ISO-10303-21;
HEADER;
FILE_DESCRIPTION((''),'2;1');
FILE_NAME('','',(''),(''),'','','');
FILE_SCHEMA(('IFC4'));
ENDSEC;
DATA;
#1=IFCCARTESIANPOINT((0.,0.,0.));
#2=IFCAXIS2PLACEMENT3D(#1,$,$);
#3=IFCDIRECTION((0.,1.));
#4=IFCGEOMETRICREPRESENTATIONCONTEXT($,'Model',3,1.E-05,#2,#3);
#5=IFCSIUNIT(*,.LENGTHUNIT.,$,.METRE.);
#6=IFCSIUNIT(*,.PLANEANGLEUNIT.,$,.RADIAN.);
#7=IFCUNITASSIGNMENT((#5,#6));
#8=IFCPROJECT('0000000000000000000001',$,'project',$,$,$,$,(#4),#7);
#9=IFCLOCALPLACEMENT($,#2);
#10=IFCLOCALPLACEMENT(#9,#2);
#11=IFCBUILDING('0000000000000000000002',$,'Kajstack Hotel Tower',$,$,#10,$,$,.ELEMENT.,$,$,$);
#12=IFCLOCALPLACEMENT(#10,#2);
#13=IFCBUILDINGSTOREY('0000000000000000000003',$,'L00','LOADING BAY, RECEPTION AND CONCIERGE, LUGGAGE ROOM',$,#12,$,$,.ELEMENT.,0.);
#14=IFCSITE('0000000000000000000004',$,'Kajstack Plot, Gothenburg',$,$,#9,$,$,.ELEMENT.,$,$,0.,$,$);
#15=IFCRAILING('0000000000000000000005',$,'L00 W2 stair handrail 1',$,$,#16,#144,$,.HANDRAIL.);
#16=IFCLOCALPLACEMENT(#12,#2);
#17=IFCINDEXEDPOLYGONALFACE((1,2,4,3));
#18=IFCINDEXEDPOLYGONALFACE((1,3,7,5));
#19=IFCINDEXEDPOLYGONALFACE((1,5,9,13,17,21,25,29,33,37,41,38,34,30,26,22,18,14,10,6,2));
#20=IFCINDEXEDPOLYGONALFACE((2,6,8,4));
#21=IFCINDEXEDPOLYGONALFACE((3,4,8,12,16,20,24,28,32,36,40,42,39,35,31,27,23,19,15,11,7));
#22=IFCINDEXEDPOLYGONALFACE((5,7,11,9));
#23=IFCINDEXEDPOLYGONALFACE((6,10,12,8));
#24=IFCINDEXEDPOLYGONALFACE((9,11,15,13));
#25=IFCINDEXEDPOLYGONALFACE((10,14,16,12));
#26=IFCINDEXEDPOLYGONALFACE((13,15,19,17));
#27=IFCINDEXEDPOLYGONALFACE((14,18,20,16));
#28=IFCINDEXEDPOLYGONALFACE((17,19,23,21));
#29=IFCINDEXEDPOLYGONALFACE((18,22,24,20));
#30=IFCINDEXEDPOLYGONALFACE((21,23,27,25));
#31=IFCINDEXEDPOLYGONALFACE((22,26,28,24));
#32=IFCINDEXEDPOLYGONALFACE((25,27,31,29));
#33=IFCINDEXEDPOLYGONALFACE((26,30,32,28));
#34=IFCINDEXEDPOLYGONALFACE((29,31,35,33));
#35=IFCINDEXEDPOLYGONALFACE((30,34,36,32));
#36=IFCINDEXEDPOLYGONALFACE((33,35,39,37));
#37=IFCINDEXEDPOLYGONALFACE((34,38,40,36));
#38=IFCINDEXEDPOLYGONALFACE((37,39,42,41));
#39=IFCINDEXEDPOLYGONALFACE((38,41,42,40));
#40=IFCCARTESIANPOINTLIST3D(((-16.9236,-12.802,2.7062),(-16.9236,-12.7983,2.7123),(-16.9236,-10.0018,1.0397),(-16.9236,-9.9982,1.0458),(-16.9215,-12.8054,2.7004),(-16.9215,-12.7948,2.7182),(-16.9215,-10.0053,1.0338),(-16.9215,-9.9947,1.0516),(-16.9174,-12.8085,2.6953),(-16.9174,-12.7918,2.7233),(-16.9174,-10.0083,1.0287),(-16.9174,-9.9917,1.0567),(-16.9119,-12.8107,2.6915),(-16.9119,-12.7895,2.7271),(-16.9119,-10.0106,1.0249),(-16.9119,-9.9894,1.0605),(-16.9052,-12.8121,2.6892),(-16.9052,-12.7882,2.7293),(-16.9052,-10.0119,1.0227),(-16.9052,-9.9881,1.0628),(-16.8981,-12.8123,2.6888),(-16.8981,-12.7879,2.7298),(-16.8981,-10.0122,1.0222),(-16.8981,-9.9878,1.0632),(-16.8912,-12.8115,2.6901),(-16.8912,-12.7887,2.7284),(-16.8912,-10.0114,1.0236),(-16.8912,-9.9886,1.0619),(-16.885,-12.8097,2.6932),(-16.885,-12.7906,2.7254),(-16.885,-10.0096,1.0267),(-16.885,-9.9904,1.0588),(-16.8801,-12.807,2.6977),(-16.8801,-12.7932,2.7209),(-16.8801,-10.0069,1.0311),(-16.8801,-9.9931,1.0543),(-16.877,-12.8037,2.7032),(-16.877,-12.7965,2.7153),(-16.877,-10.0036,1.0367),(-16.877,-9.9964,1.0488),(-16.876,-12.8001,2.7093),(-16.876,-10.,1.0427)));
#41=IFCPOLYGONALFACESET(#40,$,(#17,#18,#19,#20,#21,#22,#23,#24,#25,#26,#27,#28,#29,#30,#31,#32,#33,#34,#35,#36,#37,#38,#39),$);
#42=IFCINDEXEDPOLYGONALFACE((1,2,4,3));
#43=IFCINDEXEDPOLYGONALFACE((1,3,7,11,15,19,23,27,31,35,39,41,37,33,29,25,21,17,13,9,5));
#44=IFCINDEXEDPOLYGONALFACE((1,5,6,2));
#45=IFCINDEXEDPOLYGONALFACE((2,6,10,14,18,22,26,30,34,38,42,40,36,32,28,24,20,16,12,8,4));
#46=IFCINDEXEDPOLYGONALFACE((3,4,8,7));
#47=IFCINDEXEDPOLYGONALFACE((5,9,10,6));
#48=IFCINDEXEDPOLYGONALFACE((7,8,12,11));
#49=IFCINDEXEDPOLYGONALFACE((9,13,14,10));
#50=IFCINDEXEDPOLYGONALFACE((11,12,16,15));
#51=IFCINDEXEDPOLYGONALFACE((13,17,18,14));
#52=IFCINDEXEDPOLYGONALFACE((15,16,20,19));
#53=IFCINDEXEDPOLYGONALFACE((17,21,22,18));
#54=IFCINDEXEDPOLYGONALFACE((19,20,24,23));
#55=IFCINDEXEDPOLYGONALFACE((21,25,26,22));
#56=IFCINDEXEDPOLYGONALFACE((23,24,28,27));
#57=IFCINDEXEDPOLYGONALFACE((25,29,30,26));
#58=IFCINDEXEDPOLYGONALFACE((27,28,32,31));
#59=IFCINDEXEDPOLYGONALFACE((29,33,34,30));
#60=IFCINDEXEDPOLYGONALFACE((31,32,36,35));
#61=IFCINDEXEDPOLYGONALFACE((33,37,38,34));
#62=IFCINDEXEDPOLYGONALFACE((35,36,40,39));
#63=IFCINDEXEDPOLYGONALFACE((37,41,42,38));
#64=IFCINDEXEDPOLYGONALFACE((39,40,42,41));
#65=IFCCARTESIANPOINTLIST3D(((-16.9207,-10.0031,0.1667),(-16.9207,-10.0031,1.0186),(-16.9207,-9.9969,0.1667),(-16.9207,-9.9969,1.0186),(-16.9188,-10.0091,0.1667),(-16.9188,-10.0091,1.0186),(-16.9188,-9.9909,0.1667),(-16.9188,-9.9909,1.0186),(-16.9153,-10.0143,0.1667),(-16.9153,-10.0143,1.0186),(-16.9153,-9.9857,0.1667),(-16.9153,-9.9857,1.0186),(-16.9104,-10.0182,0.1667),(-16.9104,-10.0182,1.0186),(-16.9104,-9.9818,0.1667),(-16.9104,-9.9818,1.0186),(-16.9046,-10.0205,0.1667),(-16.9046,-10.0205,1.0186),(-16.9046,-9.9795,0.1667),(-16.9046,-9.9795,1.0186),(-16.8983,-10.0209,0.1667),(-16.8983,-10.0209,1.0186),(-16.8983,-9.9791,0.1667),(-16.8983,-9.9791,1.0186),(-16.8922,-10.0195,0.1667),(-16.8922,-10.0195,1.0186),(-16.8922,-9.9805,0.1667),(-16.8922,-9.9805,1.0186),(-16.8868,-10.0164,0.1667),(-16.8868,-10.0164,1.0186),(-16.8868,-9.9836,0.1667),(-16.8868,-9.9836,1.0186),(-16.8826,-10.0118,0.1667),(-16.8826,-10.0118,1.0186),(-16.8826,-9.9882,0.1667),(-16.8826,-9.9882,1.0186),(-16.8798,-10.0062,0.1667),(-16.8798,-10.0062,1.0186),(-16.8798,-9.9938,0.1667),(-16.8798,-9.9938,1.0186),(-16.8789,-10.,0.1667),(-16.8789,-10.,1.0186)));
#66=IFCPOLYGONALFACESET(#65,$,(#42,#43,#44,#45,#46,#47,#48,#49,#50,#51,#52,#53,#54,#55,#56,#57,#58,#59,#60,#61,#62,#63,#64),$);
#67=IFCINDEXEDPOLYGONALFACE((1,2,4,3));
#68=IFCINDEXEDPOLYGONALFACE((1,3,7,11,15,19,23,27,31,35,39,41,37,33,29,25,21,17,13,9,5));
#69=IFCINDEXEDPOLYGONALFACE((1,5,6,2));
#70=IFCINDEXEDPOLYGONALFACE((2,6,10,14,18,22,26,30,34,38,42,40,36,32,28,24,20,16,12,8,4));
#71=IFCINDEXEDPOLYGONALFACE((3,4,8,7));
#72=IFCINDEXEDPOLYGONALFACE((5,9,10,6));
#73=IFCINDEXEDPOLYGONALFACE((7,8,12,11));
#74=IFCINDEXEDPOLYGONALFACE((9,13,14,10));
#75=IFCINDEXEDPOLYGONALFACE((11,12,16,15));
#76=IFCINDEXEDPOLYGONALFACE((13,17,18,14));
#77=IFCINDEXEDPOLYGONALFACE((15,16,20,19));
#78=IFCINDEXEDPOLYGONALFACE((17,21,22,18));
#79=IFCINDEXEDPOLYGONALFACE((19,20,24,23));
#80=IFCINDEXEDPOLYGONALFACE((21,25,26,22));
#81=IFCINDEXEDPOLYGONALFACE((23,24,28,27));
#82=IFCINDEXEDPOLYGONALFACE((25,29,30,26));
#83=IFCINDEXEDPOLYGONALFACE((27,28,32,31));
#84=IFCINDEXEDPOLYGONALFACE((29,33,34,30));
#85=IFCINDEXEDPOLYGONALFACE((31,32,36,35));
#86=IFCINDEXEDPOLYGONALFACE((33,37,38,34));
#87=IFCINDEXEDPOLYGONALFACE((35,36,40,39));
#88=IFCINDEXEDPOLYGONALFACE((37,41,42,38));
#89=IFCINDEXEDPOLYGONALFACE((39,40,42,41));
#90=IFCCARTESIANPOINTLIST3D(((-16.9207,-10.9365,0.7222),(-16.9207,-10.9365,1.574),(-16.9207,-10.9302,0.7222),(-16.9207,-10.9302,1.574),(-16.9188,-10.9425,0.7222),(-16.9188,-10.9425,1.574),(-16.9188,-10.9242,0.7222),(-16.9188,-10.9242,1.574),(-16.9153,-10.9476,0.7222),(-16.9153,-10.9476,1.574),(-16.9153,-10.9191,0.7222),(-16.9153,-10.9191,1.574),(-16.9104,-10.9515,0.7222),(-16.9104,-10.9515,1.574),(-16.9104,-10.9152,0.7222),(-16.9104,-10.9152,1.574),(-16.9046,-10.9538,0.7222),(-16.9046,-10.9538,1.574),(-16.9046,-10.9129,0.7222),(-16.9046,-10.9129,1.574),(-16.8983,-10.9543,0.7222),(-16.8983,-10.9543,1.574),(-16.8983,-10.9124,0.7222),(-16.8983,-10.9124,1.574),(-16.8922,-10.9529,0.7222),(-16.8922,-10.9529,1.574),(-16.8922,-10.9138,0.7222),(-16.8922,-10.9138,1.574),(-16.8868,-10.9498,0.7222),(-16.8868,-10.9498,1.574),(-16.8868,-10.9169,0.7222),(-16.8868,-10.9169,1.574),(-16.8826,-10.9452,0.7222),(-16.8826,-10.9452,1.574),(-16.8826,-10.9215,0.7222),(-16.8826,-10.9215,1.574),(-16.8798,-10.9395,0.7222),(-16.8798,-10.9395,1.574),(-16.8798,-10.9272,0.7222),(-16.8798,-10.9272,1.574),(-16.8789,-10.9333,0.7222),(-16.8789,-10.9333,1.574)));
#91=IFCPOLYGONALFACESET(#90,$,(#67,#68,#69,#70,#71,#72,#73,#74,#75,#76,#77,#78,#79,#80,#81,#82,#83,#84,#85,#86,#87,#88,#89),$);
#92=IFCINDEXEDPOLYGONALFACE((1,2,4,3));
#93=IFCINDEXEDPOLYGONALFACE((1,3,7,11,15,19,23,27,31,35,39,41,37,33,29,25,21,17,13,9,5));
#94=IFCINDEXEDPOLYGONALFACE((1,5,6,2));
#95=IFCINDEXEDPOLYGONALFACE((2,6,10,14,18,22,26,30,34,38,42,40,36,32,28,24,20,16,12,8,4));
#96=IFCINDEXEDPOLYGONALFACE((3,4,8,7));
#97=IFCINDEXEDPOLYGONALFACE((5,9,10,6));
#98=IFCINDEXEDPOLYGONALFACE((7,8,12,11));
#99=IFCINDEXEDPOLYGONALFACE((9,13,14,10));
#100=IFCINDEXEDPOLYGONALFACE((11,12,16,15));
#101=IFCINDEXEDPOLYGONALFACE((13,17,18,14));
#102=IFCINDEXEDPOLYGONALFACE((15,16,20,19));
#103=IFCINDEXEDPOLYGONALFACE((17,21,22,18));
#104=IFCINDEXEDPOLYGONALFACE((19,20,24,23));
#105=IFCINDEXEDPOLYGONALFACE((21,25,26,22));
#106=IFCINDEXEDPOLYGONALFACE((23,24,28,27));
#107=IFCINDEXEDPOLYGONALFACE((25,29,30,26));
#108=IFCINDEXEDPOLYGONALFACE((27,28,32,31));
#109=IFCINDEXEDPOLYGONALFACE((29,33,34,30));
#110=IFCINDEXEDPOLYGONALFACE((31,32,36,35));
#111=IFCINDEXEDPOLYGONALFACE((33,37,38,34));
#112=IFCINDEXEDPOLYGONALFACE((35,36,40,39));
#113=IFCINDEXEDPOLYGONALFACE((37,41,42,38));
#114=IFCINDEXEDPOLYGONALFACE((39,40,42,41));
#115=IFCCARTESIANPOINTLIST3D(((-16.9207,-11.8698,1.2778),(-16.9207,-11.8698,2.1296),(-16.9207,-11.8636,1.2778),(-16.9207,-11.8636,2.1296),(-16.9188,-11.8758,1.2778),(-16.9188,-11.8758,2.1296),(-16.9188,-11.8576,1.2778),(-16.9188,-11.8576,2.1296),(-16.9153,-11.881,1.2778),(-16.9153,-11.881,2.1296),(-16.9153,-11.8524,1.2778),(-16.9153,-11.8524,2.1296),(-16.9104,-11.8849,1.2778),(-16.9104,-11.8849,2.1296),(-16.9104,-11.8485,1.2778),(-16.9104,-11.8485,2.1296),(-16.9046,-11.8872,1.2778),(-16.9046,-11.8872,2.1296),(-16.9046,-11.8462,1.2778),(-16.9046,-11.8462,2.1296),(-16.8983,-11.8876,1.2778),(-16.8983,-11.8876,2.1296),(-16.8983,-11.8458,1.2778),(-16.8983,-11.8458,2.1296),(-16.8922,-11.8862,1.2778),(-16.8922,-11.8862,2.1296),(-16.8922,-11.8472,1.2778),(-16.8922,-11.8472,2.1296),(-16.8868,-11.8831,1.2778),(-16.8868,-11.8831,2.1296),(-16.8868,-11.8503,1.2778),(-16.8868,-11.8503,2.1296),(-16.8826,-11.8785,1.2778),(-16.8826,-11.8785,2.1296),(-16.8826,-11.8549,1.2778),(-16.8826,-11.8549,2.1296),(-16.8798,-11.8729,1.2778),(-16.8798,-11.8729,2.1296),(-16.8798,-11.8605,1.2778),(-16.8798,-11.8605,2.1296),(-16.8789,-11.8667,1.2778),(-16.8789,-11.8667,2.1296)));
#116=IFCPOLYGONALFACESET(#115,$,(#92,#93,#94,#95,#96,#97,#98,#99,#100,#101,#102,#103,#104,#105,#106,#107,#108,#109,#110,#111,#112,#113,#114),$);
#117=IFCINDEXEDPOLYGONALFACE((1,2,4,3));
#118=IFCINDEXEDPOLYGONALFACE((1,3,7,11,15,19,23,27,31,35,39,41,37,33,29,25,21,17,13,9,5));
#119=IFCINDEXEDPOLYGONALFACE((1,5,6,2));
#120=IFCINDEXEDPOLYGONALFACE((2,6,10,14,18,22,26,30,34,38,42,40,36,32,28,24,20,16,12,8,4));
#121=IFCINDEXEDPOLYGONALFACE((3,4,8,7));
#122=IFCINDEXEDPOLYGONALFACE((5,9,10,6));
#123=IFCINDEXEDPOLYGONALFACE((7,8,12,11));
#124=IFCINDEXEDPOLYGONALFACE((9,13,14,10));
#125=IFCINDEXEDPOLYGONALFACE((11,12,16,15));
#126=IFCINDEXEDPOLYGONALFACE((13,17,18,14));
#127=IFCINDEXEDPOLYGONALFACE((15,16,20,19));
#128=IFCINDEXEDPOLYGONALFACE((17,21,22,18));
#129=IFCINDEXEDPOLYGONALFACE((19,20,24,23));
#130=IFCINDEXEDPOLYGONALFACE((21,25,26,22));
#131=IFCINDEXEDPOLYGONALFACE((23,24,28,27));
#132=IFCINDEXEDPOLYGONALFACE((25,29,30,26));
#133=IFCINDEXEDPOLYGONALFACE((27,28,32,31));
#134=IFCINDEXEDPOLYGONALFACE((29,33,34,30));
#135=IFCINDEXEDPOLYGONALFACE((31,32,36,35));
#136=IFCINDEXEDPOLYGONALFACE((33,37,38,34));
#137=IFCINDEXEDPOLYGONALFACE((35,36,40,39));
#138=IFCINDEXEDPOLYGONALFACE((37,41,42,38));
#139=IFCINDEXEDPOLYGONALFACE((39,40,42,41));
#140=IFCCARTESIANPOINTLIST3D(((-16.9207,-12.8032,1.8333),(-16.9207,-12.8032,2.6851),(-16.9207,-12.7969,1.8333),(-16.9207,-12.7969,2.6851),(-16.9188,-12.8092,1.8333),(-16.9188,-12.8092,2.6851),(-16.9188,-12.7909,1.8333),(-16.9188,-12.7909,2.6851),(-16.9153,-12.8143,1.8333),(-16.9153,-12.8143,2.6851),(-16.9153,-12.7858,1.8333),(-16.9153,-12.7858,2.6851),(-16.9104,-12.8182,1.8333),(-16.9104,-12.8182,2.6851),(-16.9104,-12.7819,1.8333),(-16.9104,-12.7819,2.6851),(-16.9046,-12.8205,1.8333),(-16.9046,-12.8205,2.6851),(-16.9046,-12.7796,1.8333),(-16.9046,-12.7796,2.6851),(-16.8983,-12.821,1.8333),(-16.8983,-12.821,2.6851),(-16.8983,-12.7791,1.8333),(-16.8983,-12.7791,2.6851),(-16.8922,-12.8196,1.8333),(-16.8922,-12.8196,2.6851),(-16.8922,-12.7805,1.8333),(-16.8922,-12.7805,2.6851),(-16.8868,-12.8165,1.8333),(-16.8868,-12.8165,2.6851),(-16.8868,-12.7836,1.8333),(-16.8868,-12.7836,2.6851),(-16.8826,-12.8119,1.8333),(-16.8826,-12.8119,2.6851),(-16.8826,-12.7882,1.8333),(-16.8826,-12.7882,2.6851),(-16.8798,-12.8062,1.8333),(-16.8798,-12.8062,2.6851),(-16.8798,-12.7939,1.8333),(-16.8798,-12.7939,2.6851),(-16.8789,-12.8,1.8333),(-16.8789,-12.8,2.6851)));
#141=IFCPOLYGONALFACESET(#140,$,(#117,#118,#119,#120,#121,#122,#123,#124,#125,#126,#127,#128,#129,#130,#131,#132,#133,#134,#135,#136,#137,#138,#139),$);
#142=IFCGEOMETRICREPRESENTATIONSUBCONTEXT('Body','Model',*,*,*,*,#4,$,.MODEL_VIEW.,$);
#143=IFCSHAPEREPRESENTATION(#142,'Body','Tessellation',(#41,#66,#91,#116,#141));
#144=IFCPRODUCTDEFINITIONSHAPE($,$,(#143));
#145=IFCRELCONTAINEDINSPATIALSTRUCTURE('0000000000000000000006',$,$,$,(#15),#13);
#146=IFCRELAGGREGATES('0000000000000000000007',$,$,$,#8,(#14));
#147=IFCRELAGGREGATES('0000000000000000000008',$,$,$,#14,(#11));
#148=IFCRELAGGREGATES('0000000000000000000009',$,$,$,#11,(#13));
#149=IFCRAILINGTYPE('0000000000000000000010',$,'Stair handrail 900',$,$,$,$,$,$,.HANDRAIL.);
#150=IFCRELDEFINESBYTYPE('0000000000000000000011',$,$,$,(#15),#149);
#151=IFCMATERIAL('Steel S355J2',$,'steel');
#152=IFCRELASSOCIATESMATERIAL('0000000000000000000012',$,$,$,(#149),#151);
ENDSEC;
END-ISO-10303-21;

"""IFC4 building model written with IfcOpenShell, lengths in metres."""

from ifc_helpers import new_model, si_unit, direction, frame, origin, origin_2d, place, context, subcontext, project, spatial, circle, extrude, material, type_object, element, save


model = new_model("IFC4")

# Units and contexts
model_context = context("Model", 3, precision=1e-05, world=origin(), true_north=direction((0.0, 1.0)))
body_context = subcontext(model_context, "Body", "Model", "MODEL_VIEW")
ifc_project = project(units=[si_unit("LENGTHUNIT", "METRE"), si_unit("PLANEANGLEUNIT", "RADIAN")], contexts=[model_context])

# Site, building, storey
site_placement = place(None, origin())
site = spatial("IfcSite", under=ifc_project, at=site_placement, Name="Kajstack Plot, Gothenburg", CompositionType="ELEMENT", RefElevation=0.0)
building_placement = place(site_placement, origin())
building = spatial("IfcBuilding", under=site, at=building_placement, Name="Kajstack Hotel Tower", CompositionType="ELEMENT")
storey_placement = place(building_placement, origin())
storey = spatial("IfcBuildingStorey", under=building, at=storey_placement, Name="L00", Description="LOADING BAY, RECEPTION AND CONCIERGE, LUGGAGE ROOM", CompositionType="ELEMENT", Elevation=0.0)

# Railing
ifc_material_1 = material(Name="Steel S355J2", Category="steel")
railing_type_1 = type_object("IfcRailingType", Name="Stair handrail 900", PredefinedType="HANDRAIL", material=ifc_material_1)
railing_1_placement = place(storey_placement, frame((-16.8999, -10.0, 0.1667)))
element("IfcRailing", 1, at=railing_1_placement, inside=storey, type_object=railing_type_1, Name="L00 W2 stair handrail 1", PredefinedType="HANDRAIL", context=body_context, shape_type="SweptSolid", body=[
    extrude(circle(Radius=0.0239, at=origin_2d()), frame((0.0, 0.0, 0.876), z_axis=(0.0, -0.859319, 0.51144), x_axis=(1.0, 0.0, 0.0)), (0.0, 0.0, 1.0), 3.2585),
    extrude(circle(Radius=0.021, at=origin_2d()), origin(), (0.0, 0.0, 1.0), 0.8518),
    extrude(circle(Radius=0.021, at=origin_2d()), frame((0.0, -0.9333, 0.5554)), (0.0, 0.0, 1.0), 0.8518),
    extrude(circle(Radius=0.021, at=origin_2d()), frame((0.0, -1.8667, 1.1111)), (0.0, 0.0, 1.0), 0.8518),
    extrude(circle(Radius=0.021, at=origin_2d()), frame((0.0, -2.8, 1.6665)), (0.0, 0.0, 1.0), 0.8518),
])

save(model, "model.ifc")
